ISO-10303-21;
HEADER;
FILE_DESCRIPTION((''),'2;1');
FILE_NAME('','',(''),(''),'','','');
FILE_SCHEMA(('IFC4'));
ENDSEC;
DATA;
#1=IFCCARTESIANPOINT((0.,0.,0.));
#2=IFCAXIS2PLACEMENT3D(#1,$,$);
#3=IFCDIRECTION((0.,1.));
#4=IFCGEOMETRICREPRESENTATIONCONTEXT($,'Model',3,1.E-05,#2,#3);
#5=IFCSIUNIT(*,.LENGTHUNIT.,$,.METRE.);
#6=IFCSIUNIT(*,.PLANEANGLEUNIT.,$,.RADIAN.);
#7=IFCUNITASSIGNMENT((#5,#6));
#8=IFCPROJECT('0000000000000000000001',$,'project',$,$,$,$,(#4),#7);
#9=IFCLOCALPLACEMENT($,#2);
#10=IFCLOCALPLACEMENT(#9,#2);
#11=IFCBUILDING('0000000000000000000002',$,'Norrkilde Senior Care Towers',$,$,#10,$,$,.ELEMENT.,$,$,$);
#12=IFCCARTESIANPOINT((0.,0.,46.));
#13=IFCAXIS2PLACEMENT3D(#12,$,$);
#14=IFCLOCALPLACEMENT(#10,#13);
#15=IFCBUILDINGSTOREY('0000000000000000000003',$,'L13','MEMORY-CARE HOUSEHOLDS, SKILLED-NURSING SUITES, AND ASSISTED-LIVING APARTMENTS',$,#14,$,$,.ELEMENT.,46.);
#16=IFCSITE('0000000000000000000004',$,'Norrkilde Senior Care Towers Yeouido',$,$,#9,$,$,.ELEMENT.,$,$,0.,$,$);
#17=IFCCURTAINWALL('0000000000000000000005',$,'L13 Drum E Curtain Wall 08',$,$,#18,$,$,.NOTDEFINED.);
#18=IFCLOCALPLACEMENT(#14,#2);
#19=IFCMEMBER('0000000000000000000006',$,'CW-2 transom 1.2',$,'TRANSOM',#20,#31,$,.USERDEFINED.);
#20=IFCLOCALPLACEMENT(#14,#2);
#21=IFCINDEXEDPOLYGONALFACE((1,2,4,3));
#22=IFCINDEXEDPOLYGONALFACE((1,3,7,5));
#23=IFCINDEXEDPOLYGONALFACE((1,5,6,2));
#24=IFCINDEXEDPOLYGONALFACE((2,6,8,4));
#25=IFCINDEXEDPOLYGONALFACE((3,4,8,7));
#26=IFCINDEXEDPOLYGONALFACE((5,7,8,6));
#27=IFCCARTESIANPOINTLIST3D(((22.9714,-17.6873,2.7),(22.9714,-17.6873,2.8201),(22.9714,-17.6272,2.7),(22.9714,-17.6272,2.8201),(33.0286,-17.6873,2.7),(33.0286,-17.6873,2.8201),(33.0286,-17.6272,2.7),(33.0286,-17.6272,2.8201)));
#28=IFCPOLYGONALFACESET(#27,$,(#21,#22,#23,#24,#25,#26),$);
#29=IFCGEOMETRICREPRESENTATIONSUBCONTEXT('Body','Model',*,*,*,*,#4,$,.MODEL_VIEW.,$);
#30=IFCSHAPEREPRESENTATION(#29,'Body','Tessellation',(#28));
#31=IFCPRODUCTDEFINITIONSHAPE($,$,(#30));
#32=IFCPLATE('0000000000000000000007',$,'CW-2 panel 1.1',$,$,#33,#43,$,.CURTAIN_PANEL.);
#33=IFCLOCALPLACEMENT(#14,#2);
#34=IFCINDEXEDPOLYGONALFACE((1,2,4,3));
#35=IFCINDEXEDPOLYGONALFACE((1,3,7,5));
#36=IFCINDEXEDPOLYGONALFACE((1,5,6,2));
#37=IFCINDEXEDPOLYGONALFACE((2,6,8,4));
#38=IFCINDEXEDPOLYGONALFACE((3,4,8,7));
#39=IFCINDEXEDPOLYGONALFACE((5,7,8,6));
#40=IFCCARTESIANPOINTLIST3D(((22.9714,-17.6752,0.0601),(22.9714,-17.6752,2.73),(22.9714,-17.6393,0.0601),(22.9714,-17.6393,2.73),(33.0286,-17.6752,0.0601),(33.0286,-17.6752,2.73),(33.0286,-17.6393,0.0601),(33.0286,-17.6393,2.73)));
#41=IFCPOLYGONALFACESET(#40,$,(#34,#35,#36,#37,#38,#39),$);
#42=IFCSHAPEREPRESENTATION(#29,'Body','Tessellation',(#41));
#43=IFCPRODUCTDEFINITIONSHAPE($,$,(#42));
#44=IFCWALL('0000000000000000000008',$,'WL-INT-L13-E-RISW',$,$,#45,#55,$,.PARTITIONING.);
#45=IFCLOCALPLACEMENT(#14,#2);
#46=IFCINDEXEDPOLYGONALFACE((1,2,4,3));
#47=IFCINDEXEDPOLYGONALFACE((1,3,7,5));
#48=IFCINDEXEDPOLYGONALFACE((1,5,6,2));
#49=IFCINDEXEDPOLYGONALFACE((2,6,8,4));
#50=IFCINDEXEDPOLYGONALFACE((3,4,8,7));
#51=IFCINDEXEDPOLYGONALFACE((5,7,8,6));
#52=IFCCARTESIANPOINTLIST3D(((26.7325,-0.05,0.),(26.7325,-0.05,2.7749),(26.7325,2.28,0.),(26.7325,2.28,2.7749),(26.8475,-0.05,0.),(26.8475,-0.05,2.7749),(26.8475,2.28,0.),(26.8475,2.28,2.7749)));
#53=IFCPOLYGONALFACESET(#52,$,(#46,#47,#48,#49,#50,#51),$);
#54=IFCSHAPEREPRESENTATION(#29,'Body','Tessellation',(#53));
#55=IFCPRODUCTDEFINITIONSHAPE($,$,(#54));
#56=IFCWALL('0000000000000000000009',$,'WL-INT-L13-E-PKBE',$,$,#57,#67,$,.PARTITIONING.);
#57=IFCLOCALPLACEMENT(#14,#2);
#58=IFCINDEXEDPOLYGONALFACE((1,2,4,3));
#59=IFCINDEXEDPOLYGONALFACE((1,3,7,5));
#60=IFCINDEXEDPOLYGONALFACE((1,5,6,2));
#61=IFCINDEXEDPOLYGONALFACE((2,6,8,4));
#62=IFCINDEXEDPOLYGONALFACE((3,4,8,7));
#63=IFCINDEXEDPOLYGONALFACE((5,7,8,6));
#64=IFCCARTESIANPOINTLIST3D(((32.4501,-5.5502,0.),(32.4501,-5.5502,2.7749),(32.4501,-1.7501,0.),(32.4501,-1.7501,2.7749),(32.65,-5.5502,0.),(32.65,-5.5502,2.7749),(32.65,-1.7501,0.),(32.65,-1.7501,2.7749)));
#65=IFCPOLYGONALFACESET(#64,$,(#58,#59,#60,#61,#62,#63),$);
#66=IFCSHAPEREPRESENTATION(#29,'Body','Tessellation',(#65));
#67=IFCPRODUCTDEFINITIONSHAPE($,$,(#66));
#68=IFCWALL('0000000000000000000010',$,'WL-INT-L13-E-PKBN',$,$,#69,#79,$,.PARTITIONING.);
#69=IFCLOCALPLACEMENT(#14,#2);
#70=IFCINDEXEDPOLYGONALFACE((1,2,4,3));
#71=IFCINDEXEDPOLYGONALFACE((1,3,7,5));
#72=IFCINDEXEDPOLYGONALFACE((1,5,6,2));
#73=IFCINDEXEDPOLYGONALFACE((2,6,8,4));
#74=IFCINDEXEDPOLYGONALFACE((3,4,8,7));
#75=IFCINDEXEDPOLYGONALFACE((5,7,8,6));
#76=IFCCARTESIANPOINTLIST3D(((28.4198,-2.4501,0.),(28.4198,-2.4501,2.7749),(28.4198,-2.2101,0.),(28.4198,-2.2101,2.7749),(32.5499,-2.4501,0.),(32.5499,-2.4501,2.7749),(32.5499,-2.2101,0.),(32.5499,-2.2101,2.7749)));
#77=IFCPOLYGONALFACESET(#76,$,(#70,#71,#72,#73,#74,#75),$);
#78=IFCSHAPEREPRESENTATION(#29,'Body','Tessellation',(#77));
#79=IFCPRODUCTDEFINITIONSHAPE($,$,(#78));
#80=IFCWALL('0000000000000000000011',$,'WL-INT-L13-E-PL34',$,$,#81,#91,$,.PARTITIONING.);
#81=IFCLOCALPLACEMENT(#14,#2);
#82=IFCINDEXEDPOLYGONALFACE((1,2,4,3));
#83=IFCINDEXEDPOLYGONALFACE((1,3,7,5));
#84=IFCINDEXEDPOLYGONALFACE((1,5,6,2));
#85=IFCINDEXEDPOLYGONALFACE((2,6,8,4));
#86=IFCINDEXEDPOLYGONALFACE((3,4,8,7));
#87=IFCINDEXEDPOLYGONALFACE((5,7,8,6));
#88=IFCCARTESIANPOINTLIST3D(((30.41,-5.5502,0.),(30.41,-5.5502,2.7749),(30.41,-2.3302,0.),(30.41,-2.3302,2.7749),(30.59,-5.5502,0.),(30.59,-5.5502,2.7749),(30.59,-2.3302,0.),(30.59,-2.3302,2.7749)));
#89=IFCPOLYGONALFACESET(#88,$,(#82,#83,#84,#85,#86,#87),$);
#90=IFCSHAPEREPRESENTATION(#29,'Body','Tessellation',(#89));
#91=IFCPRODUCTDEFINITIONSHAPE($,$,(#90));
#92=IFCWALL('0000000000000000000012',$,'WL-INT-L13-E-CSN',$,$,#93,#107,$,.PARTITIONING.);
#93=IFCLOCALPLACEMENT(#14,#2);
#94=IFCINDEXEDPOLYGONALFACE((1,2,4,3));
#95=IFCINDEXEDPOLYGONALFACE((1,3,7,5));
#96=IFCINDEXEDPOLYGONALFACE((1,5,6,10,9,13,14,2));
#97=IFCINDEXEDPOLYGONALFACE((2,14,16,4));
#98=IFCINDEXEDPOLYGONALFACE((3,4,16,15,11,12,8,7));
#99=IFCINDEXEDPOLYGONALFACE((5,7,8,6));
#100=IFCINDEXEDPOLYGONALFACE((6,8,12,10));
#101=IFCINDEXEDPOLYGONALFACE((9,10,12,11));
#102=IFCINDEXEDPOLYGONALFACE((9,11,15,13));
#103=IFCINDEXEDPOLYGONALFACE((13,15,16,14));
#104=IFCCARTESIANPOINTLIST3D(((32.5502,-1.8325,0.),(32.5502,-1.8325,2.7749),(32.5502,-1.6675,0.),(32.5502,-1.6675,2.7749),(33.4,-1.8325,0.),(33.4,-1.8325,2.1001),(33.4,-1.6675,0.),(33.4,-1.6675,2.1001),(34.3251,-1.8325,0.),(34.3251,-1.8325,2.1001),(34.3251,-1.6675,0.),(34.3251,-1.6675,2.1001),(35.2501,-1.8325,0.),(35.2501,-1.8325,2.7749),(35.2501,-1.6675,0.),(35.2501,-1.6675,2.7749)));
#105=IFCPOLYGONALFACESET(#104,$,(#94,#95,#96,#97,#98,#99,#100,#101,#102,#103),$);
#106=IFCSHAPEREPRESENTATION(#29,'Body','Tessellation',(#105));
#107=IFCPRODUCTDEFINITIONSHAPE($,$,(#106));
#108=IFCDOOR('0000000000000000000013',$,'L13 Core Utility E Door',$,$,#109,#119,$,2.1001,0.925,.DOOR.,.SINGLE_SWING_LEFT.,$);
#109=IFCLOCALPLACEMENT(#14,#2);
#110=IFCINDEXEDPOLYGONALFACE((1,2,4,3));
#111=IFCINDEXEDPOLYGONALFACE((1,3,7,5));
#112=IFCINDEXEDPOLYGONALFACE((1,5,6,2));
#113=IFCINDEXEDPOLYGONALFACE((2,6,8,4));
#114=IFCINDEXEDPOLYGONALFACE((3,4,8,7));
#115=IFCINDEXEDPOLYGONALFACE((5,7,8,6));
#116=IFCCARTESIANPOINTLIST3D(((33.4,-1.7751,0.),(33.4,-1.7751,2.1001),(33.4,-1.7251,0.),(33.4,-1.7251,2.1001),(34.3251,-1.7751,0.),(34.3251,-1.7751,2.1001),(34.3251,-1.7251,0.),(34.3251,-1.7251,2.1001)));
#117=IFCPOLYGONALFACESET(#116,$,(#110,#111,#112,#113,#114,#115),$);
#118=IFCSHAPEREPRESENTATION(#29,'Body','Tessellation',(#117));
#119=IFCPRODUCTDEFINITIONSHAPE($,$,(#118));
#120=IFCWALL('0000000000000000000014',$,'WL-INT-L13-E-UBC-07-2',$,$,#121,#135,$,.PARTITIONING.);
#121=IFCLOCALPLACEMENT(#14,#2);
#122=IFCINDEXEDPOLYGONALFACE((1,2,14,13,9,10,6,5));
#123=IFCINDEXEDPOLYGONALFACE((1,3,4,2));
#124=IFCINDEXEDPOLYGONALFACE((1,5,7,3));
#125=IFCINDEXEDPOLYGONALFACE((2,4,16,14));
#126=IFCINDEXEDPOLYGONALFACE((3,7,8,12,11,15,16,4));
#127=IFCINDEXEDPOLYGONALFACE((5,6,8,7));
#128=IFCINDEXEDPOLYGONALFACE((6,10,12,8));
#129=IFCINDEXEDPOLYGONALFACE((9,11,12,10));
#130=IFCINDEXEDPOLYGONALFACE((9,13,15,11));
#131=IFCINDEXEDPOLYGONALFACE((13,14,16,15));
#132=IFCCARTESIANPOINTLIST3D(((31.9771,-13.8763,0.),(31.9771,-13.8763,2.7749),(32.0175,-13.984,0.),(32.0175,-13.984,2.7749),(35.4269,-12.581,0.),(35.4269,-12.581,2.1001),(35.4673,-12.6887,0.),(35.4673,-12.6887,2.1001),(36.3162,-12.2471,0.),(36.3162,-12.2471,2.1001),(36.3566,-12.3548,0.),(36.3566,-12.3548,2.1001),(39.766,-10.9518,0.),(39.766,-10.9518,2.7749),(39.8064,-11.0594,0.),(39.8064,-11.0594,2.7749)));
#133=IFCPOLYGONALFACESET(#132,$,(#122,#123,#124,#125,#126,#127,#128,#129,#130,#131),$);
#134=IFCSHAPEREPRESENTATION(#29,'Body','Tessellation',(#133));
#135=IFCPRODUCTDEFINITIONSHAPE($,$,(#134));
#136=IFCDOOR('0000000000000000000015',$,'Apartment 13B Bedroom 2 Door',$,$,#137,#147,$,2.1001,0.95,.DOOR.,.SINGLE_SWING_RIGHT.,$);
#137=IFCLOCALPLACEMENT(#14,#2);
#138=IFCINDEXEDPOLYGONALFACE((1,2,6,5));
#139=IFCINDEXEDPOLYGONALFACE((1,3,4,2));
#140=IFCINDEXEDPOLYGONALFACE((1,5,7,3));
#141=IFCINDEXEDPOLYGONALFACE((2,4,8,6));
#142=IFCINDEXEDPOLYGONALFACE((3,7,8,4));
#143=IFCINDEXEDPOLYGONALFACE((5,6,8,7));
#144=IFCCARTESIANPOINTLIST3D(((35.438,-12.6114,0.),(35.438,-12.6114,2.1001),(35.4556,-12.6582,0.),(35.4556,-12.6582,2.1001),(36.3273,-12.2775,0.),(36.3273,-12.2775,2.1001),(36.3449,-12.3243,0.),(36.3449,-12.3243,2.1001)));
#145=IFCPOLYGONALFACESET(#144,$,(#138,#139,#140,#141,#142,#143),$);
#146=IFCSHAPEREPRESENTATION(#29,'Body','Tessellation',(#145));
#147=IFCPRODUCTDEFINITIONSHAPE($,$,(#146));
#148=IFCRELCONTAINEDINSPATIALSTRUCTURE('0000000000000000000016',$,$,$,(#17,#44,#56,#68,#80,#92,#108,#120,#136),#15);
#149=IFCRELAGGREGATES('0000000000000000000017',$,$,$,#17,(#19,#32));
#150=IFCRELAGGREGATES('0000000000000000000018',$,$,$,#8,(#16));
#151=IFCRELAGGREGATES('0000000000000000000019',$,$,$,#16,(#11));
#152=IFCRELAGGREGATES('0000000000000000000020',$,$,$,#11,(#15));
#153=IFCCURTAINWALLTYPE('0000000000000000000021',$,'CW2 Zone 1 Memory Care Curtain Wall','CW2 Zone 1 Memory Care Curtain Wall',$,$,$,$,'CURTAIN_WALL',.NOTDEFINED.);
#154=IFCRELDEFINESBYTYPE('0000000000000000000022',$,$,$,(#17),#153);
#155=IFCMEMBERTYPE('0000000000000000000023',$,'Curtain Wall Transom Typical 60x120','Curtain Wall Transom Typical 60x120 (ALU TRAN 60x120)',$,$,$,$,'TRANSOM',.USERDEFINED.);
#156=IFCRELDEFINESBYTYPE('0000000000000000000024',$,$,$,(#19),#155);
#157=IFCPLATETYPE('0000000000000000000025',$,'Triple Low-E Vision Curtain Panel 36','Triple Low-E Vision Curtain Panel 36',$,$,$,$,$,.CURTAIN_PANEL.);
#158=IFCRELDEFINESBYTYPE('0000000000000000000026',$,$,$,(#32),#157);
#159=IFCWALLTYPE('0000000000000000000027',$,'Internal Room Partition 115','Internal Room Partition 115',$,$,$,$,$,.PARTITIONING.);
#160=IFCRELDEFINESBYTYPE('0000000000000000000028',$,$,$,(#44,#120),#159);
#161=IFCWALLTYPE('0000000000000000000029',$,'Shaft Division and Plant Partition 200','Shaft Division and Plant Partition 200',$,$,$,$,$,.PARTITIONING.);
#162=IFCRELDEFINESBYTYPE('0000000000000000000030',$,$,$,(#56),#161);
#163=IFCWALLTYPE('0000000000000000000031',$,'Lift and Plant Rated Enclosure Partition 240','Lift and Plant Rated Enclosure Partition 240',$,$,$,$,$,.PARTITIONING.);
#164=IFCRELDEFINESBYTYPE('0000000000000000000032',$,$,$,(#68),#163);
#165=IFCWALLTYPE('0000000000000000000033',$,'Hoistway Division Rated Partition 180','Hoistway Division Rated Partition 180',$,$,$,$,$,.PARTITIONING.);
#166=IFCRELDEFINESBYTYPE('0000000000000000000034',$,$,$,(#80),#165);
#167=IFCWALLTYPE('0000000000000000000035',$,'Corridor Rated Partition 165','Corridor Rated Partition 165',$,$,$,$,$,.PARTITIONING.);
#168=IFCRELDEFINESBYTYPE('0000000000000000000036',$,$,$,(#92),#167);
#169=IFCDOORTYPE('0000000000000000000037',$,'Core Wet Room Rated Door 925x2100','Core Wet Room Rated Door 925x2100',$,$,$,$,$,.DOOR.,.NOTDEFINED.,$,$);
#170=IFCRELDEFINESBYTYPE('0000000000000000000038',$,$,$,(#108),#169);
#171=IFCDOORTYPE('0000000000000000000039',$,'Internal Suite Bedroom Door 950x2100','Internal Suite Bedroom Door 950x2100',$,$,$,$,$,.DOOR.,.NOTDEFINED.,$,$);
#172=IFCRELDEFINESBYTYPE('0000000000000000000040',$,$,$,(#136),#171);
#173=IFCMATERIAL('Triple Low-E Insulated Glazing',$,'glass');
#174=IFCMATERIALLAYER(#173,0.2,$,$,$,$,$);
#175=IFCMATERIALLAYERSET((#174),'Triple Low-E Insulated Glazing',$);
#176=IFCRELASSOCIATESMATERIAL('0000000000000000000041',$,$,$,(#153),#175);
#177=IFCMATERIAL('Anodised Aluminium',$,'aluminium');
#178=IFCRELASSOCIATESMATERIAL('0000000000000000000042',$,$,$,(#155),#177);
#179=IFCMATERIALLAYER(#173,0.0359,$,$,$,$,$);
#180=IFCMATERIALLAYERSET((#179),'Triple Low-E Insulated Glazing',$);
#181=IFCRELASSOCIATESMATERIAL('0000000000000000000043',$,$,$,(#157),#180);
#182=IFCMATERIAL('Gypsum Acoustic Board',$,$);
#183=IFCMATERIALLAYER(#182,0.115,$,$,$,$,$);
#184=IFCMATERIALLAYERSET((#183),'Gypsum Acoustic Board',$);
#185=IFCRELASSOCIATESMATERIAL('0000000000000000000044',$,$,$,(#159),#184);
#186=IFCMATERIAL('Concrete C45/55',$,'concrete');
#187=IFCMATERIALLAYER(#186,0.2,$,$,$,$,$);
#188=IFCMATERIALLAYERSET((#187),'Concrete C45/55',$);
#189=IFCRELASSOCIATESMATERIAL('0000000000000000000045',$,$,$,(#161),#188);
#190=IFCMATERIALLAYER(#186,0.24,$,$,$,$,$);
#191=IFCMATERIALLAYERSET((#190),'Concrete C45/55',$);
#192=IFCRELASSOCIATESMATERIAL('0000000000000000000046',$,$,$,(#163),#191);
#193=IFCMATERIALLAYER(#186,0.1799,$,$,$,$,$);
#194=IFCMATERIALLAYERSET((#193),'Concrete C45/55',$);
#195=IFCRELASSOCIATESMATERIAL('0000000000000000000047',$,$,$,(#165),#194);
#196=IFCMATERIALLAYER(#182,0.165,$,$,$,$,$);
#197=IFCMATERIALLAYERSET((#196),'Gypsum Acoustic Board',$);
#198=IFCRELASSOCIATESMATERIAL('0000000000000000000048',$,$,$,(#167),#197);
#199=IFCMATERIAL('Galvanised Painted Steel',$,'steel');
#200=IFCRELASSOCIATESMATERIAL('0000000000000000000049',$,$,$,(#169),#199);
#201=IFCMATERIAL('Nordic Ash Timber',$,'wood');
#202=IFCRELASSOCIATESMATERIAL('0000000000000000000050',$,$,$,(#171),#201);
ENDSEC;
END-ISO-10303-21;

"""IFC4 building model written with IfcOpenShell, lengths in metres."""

from ifc_helpers import new_model, si_unit, direction, frame, frame_2d, origin, origin_2d, place, context, subcontext, project, spatial, rectangle, extrude, source, transform, mapped, material, layer, layer_set, material_profile, profile_set, type_object, type_shapes, element, fill, aggregate, save


model = new_model("IFC4")

# Units and contexts
model_context = context("Model", 3, precision=1e-05, world=origin(), true_north=direction((0.0, 1.0)))
body_context = subcontext(model_context, "Body", "Model", "MODEL_VIEW")
ifc_project = project(units=[si_unit("LENGTHUNIT", "METRE"), si_unit("PLANEANGLEUNIT", "RADIAN")], contexts=[model_context])

# Site, building, storey
site_placement = place(None, origin())
site = spatial("IfcSite", under=ifc_project, at=site_placement, Name="Norrkilde Senior Care Towers Yeouido", CompositionType="ELEMENT", RefElevation=0.0)
building_placement = place(site_placement, origin())
building = spatial("IfcBuilding", under=site, at=building_placement, Name="Norrkilde Senior Care Towers", CompositionType="ELEMENT")
storey_placement = place(building_placement, frame((0.0, 0.0, 46.0)))
storey = spatial("IfcBuildingStorey", under=building, at=storey_placement, Name="L13", Description="MEMORY-CARE HOUSEHOLDS, SKILLED-NURSING SUITES, AND ASSISTED-LIVING APARTMENTS", CompositionType="ELEMENT", Elevation=46.0)

# Curtain wall
ifc_material_1 = material(Name="Triple Low-E Insulated Glazing", Category="glass")
ifc_layer_1 = layer(ifc_material_1, 0.2)
ifc_layer_set_1 = layer_set([ifc_layer_1], Name="Triple Low-E Insulated Glazing")
curtain_wall_type = type_object("IfcCurtainWallType", Name="CW2 Zone 1 Memory Care Curtain Wall", Description="CW2 Zone 1 Memory Care Curtain Wall", ElementType="CURTAIN_WALL", PredefinedType="NOTDEFINED", material=ifc_layer_set_1)
curtain_wall_1_placement = place(storey_placement, origin())
curtain_wall_1 = element("IfcCurtainWall", 1, at=curtain_wall_1_placement, inside=storey, type_object=curtain_wall_type, Name="L13 Drum E Curtain Wall 08", PredefinedType="NOTDEFINED")
ifc_material_2 = material(Name="Anodised Aluminium", Category="aluminium")

# Member
ifc_material_profile_1 = material_profile(ifc_material_2, rectangle(XDim=0.0601, YDim=0.1201, at=origin_2d()), Name="ALU TRAN 60x120")
ifc_profile_set_1 = profile_set([ifc_material_profile_1], Name="Anodised Aluminium")
member_type_1 = type_object("IfcMemberType", Name="Curtain Wall Transom Typical 60x120", Description="Curtain Wall Transom Typical 60x120 (ALU TRAN 60x120)", ElementType="TRANSOM", PredefinedType="USERDEFINED", material=ifc_profile_set_1)
shared_shape_1 = source(origin(), body_context, "Body", "SweptSolid", [
    extrude(rectangle(XDim=0.0601, YDim=0.1201, at=origin_2d()), origin(), (0.0, 0.0, 1.0), 10.0571),
])
type_shapes(member_type_1, [shared_shape_1])
member_1_placement = place(storey_placement, frame((33.0286, -17.6572, 2.76), z_axis=(-1.0, 0.0, 0.0), x_axis=(0.0, -1.0, 0.0)))
member_1 = element("IfcMember", 2, at=member_1_placement, type_object=member_type_1, Name="CW-2 transom 1.2", ObjectType="TRANSOM", PredefinedType="USERDEFINED", context=body_context, shape_type="MappedRepresentation", body=[
    mapped(shared_shape_1, transform((0.0, 0.0, 0.0), x_axis=(1.0, 0.0, 0.0), y_axis=(0.0, 1.0, 0.0), z_axis=(0.0, 0.0, 1.0), scale=1.0)),
])

# Plate
ifc_layer_2 = layer(ifc_material_1, 0.0359)
ifc_layer_set_2 = layer_set([ifc_layer_2], Name="Triple Low-E Insulated Glazing")
plate_type = type_object("IfcPlateType", Name="Triple Low-E Vision Curtain Panel 36", Description="Triple Low-E Vision Curtain Panel 36", PredefinedType="CURTAIN_PANEL", material=ifc_layer_set_2)
shared_shape_2 = source(origin(), body_context, "Body", "SweptSolid", [
    extrude(rectangle(XDim=10.0571, YDim=0.0359, at=origin_2d()), origin(), (0.0, 0.0, 1.0), 2.6699),
])
type_shapes(plate_type, [shared_shape_2])
plate_placement = place(storey_placement, frame((28.0, -17.6572, 0.0601), z_axis=(0.0, 0.0, 1.0), x_axis=(-1.0, 0.0, 0.0)))
plate = element("IfcPlate", 3, at=plate_placement, type_object=plate_type, Name="CW-2 panel 1.1", PredefinedType="CURTAIN_PANEL", context=body_context, shape_type="MappedRepresentation", body=[
    mapped(shared_shape_2, transform((0.0, 0.0, 0.0), x_axis=(1.0, 0.0, 0.0), y_axis=(0.0, 1.0, 0.0), z_axis=(0.0, 0.0, 1.0), scale=1.0)),
])
aggregate(curtain_wall_1, [member_1, plate])

# Walls
ifc_material_3 = material(Name="Gypsum Acoustic Board")
ifc_layer_3 = layer(ifc_material_3, 0.115)
ifc_layer_set_3 = layer_set([ifc_layer_3], Name="Gypsum Acoustic Board")
wall_type_1 = type_object("IfcWallType", Name="Internal Room Partition 115", Description="Internal Room Partition 115", PredefinedType="PARTITIONING", material=ifc_layer_set_3)
shared_shape_3 = source(origin(), body_context, "Body", "SweptSolid", [
    extrude(rectangle(XDim=2.3301, YDim=0.115, at=frame_2d((1.165, 0.0))), origin(), (0.0, 0.0, 1.0), 2.7749),
])
wall_1_placement = place(storey_placement, frame((26.79, -0.05, 0.0), z_axis=(0.0, 0.0, 1.0), x_axis=(0.0, 1.0, 0.0)))
element("IfcWall", 4, at=wall_1_placement, inside=storey, type_object=wall_type_1, Name="WL-INT-L13-E-RISW", PredefinedType="PARTITIONING", context=body_context, shape_type="MappedRepresentation", body=[
    mapped(shared_shape_3, transform((0.0, 0.0, 0.0), x_axis=(1.0, 0.0, 0.0), y_axis=(0.0, 1.0, 0.0), z_axis=(0.0, 0.0, 1.0), scale=1.0)),
])
ifc_material_4 = material(Name="Concrete C45/55", Category="concrete")
ifc_layer_4 = layer(ifc_material_4, 0.2)
ifc_layer_set_4 = layer_set([ifc_layer_4], Name="Concrete C45/55")
wall_type_2 = type_object("IfcWallType", Name="Shaft Division and Plant Partition 200", Description="Shaft Division and Plant Partition 200", PredefinedType="PARTITIONING", material=ifc_layer_set_4)
shared_shape_4 = source(origin(), body_context, "Body", "SweptSolid", [
    extrude(rectangle(XDim=3.8, YDim=0.2, at=frame_2d((1.8999, 0.0))), origin(), (0.0, 0.0, 1.0), 2.7749),
])
type_shapes(wall_type_2, [shared_shape_4])
wall_2_placement = place(storey_placement, frame((32.55, -5.55, 0.0), z_axis=(0.0, 0.0, 1.0), x_axis=(0.0, 1.0, 0.0)))
element("IfcWall", 5, at=wall_2_placement, inside=storey, type_object=wall_type_2, Name="WL-INT-L13-E-PKBE", PredefinedType="PARTITIONING", context=body_context, shape_type="MappedRepresentation", body=[
    mapped(shared_shape_4, transform((0.0, 0.0, 0.0), x_axis=(1.0, 0.0, 0.0), y_axis=(0.0, 1.0, 0.0), z_axis=(0.0, 0.0, 1.0), scale=1.0)),
])
ifc_layer_5 = layer(ifc_material_4, 0.24)
ifc_layer_set_5 = layer_set([ifc_layer_5], Name="Concrete C45/55")
wall_type_3 = type_object("IfcWallType", Name="Lift and Plant Rated Enclosure Partition 240", Description="Lift and Plant Rated Enclosure Partition 240", PredefinedType="PARTITIONING", material=ifc_layer_set_5)
shared_shape_5 = source(origin(), body_context, "Body", "SweptSolid", [
    extrude(rectangle(XDim=4.1301, YDim=0.24, at=frame_2d((2.0649, 0.0))), origin(), (0.0, 0.0, 1.0), 2.7749),
])
type_shapes(wall_type_3, [shared_shape_5])
wall_3_placement = place(storey_placement, frame((28.4199, -2.3301, 0.0), z_axis=(0.0, 0.0, 1.0), x_axis=(1.0, 0.0, 0.0)))
element("IfcWall", 6, at=wall_3_placement, inside=storey, type_object=wall_type_3, Name="WL-INT-L13-E-PKBN", PredefinedType="PARTITIONING", context=body_context, shape_type="MappedRepresentation", body=[
    mapped(shared_shape_5, transform((0.0, 0.0, 0.0), x_axis=(1.0, 0.0, 0.0), y_axis=(0.0, 1.0, 0.0), z_axis=(0.0, 0.0, 1.0), scale=1.0)),
])
ifc_layer_6 = layer(ifc_material_4, 0.1799)
ifc_layer_set_6 = layer_set([ifc_layer_6], Name="Concrete C45/55")
wall_type_4 = type_object("IfcWallType", Name="Hoistway Division Rated Partition 180", Description="Hoistway Division Rated Partition 180", PredefinedType="PARTITIONING", material=ifc_layer_set_6)
shared_shape_6 = source(origin(), body_context, "Body", "SweptSolid", [
    extrude(rectangle(XDim=3.22, YDim=0.1799, at=frame_2d((1.6099, 0.0))), origin(), (0.0, 0.0, 1.0), 2.7749),
])
type_shapes(wall_type_4, [shared_shape_6])
wall_4_placement = place(storey_placement, frame((30.5, -5.55, 0.0), z_axis=(0.0, 0.0, 1.0), x_axis=(0.0, 1.0, 0.0)))
element("IfcWall", 7, at=wall_4_placement, inside=storey, type_object=wall_type_4, Name="WL-INT-L13-E-PL34", PredefinedType="PARTITIONING", context=body_context, shape_type="MappedRepresentation", body=[
    mapped(shared_shape_6, transform((0.0, 0.0, 0.0), x_axis=(1.0, 0.0, 0.0), y_axis=(0.0, 1.0, 0.0), z_axis=(0.0, 0.0, 1.0), scale=1.0)),
])

# Walls, openings, doors
ifc_layer_7 = layer(ifc_material_3, 0.165)
ifc_layer_set_7 = layer_set([ifc_layer_7], Name="Gypsum Acoustic Board")
wall_type_5 = type_object("IfcWallType", Name="Corridor Rated Partition 165", Description="Corridor Rated Partition 165", PredefinedType="PARTITIONING", material=ifc_layer_set_7)
shared_shape_7 = source(origin(), body_context, "Body", "SweptSolid", [
    extrude(rectangle(XDim=2.7, YDim=0.165, at=frame_2d((1.3501, 0.0))), origin(), (0.0, 0.0, 1.0), 2.7749),
])
type_shapes(wall_type_5, [shared_shape_7])
wall_5_placement = place(storey_placement, frame((32.55, -1.75, 0.0), z_axis=(0.0, 0.0, 1.0), x_axis=(1.0, 0.0, 0.0)))
wall_5 = element("IfcWall", 8, at=wall_5_placement, inside=storey, type_object=wall_type_5, Name="WL-INT-L13-E-CSN", PredefinedType="PARTITIONING", context=body_context, shape_type="MappedRepresentation", body=[
    mapped(shared_shape_7, transform((0.0, 0.0, 0.0), x_axis=(1.0, 0.0, 0.0), y_axis=(0.0, 1.0, 0.0), z_axis=(0.0, 0.0, 1.0), scale=1.0)),
])
opening_1_placement = place(wall_5_placement, frame((0.8501, 0.0, 0.0)))
opening_1 = element("IfcOpeningElement", 9, at=opening_1_placement, cuts=wall_5, PredefinedType="OPENING", context=body_context, shape_type="SweptSolid", body=[
    extrude(rectangle(XDim=0.925, YDim=2.1001, at=frame_2d((0.4624, 1.05))), frame((0.0, 0.0925, 0.0), z_axis=(0.0, -1.0, 0.0), x_axis=(1.0, 0.0, 0.0)), (0.0, 0.0, 1.0), 0.1851),
])
ifc_material_5 = material(Name="Galvanised Painted Steel", Category="steel")
door_type_1 = type_object("IfcDoorType", Name="Core Wet Room Rated Door 925x2100", Description="Core Wet Room Rated Door 925x2100", OperationType="NOTDEFINED", PredefinedType="DOOR", material=ifc_material_5)
shared_shape_8 = source(origin(), body_context, "Body", "SweptSolid", [
    extrude(rectangle(XDim=0.925, YDim=2.1001, at=frame_2d((0.4624, 1.05))), frame((0.0, 0.0249, 0.0), z_axis=(0.0, -1.0, 0.0), x_axis=(1.0, 0.0, 0.0)), (0.0, 0.0, 1.0), 0.05),
])
type_shapes(door_type_1, [shared_shape_8])
door_1_placement = place(opening_1_placement, origin())
door_1 = element("IfcDoor", 10, at=door_1_placement, inside=storey, type_object=door_type_1, Name="L13 Core Utility E Door", OperationType="SINGLE_SWING_LEFT", OverallHeight=2.1001, OverallWidth=0.925, PredefinedType="DOOR", context=body_context, shape_type="MappedRepresentation", body=[
    mapped(shared_shape_8, transform((0.0, 0.0, 0.0), x_axis=(1.0, 0.0, 0.0), y_axis=(0.0, 1.0, 0.0), z_axis=(0.0, 0.0, 1.0), scale=1.0)),
])
fill(opening_1, door_1)
shared_shape_9 = source(origin(), body_context, "Body", "SweptSolid", [
    extrude(rectangle(XDim=8.3198, YDim=0.115, at=frame_2d((4.1599, 0.0))), origin(), (0.0, 0.0, 1.0), 2.7749),
])
wall_6_placement = place(storey_placement, frame((31.9973, -13.9302, 0.0), z_axis=(0.0, 0.0, 1.0), x_axis=(0.936181, 0.351519, 0.0)))
wall_6 = element("IfcWall", 11, at=wall_6_placement, inside=storey, type_object=wall_type_1, Name="WL-INT-L13-E-UBC-07-2", PredefinedType="PARTITIONING", context=body_context, shape_type="MappedRepresentation", body=[
    mapped(shared_shape_9, transform((0.0, 0.0, 0.0), x_axis=(1.0, 0.0, 0.0), y_axis=(0.0, 1.0, 0.0), z_axis=(0.0, 0.0, 1.0), scale=1.0)),
])
opening_2_placement = place(wall_6_placement, frame((3.6848, 0.0, 0.0)))
opening_2 = element("IfcOpeningElement", 12, at=opening_2_placement, cuts=wall_6, PredefinedType="OPENING", context=body_context, shape_type="SweptSolid", body=[
    extrude(rectangle(XDim=0.95, YDim=2.1001, at=frame_2d((0.4751, 1.05))), frame((0.0, 0.0674, 0.0), z_axis=(0.0, -1.0, 0.0), x_axis=(1.0, 0.0, 0.0)), (0.0, 0.0, 1.0), 0.135),
])
ifc_material_6 = material(Name="Nordic Ash Timber", Category="wood")
door_type_2 = type_object("IfcDoorType", Name="Internal Suite Bedroom Door 950x2100", Description="Internal Suite Bedroom Door 950x2100", OperationType="NOTDEFINED", PredefinedType="DOOR", material=ifc_material_6)
shared_shape_10 = source(origin(), body_context, "Body", "SweptSolid", [
    extrude(rectangle(XDim=0.95, YDim=2.1001, at=frame_2d((0.4751, 1.05))), frame((0.0, 0.0249, 0.0), z_axis=(0.0, -1.0, 0.0), x_axis=(1.0, 0.0, 0.0)), (0.0, 0.0, 1.0), 0.05),
])
type_shapes(door_type_2, [shared_shape_10])
door_2_placement = place(opening_2_placement, frame((0.95, 0.0, 0.0), z_axis=(0.0, 0.0, 1.0), x_axis=(-1.0, 0.0, 0.0)))
door_2 = element("IfcDoor", 13, at=door_2_placement, inside=storey, type_object=door_type_2, Name="Apartment 13B Bedroom 2 Door", OperationType="SINGLE_SWING_RIGHT", OverallHeight=2.1001, OverallWidth=0.95, PredefinedType="DOOR", context=body_context, shape_type="MappedRepresentation", body=[
    mapped(shared_shape_10, transform((0.0, 0.0, 0.0), x_axis=(1.0, 0.0, 0.0), y_axis=(0.0, 1.0, 0.0), z_axis=(0.0, 0.0, 1.0), scale=1.0)),
])
fill(opening_2, door_2)

save(model, "model.ifc")
